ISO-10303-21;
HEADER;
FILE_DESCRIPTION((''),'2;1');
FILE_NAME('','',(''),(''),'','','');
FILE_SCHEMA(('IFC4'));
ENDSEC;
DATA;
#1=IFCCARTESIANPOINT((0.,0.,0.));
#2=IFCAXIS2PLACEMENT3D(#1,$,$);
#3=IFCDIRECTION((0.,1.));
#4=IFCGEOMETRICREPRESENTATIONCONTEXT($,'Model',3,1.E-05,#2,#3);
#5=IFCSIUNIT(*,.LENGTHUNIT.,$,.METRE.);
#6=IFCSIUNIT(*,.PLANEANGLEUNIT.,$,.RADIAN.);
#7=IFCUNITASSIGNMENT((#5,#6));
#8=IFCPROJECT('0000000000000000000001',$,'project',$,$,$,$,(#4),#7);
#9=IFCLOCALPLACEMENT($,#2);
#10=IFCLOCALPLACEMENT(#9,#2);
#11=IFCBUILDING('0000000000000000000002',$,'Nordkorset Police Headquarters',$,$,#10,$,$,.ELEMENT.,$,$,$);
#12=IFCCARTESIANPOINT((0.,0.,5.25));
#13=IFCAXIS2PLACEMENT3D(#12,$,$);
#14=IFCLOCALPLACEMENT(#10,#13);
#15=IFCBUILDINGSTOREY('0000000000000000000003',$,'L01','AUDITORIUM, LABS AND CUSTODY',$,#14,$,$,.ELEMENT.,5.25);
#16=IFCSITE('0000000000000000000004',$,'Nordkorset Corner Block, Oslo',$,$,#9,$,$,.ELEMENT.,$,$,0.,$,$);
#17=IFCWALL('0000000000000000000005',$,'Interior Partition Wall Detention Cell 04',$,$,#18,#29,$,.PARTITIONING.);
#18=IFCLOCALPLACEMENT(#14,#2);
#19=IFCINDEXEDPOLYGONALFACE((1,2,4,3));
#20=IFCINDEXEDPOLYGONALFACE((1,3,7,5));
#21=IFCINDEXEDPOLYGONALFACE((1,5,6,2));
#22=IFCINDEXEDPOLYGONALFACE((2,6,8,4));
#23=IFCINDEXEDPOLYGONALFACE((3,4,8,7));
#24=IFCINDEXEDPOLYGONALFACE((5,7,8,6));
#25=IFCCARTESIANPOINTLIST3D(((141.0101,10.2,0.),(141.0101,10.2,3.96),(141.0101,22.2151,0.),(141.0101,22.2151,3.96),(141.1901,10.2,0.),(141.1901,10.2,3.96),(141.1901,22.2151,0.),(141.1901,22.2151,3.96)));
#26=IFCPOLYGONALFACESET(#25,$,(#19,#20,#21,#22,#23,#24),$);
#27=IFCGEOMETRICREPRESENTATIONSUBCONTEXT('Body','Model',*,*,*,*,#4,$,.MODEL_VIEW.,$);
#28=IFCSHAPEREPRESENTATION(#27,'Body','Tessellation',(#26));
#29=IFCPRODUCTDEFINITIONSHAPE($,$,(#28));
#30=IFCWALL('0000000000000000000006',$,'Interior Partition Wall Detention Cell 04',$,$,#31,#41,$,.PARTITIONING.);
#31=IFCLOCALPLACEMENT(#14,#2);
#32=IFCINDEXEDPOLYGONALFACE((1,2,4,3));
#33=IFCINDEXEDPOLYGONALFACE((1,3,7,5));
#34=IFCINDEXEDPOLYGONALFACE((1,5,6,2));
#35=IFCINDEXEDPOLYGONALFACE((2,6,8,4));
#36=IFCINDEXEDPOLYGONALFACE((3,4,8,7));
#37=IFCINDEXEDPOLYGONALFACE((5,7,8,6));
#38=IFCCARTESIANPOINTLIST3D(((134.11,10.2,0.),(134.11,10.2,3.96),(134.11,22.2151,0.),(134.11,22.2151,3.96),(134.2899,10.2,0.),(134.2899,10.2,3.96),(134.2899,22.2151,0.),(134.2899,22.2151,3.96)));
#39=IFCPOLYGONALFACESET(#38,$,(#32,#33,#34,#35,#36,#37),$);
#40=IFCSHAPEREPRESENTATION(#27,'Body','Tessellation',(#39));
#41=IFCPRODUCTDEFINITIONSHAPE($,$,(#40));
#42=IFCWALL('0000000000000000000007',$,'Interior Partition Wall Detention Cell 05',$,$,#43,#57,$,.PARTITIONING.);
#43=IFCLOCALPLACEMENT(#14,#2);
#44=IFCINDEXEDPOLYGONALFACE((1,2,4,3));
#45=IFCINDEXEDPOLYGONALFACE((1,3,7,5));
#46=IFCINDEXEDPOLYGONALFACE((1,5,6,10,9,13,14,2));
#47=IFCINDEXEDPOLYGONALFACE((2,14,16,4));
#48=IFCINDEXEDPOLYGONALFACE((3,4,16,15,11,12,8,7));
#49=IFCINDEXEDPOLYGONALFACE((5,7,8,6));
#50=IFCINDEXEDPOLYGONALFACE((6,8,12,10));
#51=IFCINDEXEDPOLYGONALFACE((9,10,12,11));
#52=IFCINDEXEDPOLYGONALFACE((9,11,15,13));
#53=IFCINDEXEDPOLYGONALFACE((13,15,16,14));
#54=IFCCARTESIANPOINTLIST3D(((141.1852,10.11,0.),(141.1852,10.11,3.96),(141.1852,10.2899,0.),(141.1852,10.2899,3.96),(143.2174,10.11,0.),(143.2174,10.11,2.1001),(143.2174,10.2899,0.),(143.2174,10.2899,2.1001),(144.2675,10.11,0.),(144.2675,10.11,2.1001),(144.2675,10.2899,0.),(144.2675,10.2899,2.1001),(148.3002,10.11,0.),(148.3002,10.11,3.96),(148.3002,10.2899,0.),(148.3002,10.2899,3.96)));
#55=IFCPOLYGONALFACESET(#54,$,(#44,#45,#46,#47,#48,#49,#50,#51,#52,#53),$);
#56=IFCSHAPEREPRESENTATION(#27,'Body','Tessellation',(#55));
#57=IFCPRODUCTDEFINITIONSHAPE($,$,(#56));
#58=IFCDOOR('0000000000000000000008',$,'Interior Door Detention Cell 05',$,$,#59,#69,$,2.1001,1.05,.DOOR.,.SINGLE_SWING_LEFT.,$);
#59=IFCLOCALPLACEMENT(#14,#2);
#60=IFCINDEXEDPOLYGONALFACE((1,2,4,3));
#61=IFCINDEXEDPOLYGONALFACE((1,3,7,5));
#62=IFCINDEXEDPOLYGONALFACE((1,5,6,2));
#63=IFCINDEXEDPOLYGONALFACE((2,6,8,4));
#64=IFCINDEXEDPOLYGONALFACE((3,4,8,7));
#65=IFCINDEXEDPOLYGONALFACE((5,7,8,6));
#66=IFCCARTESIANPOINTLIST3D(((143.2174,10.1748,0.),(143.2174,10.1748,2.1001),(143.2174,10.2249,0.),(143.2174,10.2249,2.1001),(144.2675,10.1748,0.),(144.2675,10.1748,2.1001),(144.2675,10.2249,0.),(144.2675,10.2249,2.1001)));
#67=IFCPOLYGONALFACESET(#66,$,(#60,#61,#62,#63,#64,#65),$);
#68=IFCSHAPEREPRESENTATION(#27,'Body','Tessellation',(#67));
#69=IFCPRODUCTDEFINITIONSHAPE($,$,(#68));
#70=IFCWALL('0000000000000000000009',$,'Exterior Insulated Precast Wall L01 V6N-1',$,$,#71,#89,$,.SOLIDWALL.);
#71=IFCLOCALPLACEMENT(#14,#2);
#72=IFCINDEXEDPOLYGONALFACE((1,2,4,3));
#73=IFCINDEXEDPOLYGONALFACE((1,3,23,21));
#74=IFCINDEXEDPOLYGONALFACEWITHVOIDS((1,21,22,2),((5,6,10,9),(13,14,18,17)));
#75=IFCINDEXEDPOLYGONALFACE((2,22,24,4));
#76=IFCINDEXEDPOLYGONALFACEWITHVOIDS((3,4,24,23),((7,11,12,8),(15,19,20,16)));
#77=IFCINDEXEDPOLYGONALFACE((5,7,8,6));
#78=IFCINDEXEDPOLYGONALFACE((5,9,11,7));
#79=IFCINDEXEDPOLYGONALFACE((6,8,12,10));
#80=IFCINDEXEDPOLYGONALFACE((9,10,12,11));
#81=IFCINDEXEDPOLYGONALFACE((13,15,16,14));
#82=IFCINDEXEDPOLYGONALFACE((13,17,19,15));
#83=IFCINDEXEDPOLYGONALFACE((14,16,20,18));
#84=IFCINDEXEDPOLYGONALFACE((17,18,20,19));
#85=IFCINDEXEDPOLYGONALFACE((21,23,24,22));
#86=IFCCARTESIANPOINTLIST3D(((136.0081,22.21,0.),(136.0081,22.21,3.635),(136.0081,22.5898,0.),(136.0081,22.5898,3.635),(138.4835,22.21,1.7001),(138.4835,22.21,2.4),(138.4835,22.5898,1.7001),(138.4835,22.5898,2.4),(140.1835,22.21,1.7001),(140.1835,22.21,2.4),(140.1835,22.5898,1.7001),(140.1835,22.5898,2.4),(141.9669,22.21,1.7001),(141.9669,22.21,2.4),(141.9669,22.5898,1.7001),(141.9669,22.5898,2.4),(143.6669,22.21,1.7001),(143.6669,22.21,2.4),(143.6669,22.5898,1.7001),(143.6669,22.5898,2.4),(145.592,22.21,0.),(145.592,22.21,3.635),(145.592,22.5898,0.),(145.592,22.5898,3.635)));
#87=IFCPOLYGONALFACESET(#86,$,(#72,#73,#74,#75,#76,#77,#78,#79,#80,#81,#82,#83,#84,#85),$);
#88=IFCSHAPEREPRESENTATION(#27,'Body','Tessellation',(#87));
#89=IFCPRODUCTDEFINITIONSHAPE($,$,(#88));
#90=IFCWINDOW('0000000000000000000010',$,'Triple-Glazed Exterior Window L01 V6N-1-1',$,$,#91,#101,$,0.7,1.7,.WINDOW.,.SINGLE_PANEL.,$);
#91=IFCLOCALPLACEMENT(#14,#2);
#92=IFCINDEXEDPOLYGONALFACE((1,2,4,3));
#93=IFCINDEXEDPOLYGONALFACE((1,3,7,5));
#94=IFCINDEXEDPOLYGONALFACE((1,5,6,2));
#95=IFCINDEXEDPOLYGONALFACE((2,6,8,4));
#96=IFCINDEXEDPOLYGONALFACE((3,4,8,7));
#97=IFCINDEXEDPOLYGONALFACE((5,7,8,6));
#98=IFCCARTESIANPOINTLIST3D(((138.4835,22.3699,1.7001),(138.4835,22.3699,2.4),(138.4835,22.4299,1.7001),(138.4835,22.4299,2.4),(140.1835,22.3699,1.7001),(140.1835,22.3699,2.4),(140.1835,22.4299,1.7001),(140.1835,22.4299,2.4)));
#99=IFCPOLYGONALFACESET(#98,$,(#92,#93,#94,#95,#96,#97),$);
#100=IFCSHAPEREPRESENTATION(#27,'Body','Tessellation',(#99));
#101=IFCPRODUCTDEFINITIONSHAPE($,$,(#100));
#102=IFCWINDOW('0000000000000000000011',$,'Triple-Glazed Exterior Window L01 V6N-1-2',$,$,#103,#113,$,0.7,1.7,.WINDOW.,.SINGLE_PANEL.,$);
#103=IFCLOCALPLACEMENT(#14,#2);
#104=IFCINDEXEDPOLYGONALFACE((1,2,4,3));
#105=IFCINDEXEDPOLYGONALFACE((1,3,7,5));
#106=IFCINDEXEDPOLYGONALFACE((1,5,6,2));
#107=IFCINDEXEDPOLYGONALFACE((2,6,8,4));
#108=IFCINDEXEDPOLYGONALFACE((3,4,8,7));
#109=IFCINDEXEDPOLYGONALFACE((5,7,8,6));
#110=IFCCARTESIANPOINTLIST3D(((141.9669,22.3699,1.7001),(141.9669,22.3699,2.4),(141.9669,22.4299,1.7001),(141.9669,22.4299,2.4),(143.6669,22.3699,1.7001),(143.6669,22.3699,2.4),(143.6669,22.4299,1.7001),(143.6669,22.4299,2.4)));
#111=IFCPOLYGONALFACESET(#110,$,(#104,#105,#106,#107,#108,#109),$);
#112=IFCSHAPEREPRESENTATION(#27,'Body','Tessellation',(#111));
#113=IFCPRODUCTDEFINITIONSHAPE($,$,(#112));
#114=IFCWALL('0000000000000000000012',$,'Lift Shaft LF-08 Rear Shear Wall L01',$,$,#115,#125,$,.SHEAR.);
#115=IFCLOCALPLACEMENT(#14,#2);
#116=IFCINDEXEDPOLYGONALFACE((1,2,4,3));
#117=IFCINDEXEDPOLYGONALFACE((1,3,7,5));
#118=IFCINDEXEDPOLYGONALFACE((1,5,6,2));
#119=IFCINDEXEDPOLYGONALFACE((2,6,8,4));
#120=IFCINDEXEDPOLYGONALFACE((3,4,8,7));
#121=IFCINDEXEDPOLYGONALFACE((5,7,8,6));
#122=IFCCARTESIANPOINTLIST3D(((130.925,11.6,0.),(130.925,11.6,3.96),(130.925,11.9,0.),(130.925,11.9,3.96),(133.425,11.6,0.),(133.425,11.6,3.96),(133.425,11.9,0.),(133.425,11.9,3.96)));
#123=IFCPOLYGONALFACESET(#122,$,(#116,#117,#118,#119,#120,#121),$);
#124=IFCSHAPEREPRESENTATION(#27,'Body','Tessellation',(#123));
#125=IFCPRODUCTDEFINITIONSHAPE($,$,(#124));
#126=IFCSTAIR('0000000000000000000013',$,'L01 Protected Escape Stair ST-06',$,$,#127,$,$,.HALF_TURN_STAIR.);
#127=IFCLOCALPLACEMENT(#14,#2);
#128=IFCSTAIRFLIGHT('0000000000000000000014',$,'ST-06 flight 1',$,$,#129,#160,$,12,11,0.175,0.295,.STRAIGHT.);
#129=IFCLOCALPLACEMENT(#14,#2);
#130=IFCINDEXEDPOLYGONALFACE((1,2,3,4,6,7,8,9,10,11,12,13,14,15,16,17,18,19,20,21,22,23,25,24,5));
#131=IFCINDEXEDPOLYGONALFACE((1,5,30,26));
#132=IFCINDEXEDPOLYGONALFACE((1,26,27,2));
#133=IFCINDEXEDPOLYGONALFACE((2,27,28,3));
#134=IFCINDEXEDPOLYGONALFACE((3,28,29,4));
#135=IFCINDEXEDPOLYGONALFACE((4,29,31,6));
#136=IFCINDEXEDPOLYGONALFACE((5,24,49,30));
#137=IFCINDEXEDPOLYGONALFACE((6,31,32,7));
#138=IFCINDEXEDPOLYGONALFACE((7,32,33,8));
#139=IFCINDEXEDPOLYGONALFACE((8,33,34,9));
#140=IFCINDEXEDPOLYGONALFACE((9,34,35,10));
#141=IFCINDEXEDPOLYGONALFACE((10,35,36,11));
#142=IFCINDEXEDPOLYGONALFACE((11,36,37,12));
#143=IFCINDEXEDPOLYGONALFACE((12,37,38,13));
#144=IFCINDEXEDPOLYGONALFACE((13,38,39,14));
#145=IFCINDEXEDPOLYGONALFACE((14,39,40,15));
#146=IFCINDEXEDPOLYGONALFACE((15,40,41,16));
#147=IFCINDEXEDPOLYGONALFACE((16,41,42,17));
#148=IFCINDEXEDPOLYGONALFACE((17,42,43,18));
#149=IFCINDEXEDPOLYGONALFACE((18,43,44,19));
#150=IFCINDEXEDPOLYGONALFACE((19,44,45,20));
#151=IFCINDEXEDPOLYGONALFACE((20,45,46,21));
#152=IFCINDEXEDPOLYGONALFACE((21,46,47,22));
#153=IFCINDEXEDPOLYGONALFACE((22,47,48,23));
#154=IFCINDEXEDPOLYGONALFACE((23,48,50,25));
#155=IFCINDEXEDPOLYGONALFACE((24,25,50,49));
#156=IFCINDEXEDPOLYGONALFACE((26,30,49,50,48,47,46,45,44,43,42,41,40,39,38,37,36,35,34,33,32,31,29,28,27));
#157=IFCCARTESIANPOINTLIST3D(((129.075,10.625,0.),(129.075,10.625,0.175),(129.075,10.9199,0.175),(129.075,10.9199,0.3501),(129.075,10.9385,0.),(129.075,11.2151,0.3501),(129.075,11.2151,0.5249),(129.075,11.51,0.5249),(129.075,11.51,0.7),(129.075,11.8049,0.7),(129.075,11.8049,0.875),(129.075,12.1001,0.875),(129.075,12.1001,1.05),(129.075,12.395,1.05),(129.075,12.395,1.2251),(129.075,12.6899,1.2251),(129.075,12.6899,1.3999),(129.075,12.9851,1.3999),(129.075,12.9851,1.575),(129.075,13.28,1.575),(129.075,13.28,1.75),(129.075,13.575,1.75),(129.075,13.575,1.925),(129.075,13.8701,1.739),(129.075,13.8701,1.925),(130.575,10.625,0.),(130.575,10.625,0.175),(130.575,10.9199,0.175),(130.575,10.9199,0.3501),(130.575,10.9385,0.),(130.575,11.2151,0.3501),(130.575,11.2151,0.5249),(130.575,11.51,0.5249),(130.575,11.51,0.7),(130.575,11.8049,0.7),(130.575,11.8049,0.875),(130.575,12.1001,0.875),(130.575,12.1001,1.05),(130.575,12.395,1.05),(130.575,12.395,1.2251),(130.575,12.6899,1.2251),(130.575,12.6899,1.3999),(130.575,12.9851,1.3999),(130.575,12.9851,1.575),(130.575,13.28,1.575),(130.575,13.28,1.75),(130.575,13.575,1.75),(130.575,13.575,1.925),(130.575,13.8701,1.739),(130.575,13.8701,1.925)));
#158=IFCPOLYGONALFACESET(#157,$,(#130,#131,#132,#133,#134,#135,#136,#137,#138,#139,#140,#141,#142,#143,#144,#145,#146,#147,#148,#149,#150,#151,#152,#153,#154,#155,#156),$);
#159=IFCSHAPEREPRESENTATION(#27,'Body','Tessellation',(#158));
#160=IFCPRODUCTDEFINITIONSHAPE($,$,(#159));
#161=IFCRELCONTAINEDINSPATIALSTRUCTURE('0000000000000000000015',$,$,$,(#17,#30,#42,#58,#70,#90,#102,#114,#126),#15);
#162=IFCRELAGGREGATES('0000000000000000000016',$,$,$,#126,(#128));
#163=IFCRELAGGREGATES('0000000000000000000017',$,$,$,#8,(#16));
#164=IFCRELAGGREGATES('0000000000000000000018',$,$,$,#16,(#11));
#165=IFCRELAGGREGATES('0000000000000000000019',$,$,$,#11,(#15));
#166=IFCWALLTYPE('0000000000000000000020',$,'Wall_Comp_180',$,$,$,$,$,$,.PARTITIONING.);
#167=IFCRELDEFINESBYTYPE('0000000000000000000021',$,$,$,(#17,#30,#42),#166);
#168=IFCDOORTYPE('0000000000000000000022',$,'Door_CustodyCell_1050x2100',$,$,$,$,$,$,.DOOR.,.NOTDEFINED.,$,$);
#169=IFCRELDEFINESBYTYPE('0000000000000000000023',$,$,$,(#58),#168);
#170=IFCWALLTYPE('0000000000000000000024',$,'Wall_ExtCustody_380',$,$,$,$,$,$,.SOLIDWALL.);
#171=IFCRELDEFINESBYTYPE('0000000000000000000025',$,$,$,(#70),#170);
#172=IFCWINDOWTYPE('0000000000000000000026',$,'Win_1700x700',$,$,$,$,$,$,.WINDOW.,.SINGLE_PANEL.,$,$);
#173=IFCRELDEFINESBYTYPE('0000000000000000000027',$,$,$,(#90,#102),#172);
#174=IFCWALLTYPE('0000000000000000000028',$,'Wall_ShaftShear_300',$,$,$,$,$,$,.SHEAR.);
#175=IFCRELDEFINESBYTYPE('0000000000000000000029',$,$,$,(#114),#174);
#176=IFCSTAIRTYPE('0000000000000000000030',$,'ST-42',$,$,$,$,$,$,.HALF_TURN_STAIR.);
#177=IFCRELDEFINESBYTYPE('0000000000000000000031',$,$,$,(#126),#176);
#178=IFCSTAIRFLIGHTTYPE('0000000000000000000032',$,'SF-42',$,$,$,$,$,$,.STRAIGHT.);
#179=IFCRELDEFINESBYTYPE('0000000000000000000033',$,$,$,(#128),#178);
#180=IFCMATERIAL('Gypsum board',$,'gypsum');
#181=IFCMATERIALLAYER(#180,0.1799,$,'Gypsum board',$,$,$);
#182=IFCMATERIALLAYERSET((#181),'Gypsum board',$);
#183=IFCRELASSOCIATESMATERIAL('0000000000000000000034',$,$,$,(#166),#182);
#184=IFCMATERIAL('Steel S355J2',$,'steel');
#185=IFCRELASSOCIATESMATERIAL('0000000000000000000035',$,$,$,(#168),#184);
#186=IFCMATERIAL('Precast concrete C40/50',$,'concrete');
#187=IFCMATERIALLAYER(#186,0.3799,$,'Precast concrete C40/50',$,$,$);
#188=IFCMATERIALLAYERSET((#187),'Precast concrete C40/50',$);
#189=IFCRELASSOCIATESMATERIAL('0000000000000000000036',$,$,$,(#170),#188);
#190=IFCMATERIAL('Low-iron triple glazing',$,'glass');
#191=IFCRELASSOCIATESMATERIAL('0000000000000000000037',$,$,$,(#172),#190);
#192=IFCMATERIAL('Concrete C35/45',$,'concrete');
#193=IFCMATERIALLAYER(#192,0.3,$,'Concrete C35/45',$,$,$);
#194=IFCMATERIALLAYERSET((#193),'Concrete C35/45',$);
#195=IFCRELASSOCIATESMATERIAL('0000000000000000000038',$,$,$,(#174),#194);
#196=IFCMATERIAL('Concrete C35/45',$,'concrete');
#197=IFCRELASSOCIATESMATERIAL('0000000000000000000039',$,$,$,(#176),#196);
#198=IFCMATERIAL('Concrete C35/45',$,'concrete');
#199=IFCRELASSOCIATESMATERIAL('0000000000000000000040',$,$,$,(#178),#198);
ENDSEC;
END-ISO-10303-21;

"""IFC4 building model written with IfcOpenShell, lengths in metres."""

from ifc_helpers import new_model, si_unit, direction, frame, frame_2d, origin, place, context, subcontext, project, spatial, polyline, rectangle, outline, extrude, material, layer, layer_set, type_object, element, fill, aggregate, save


model = new_model("IFC4")

# Units and contexts
model_context = context("Model", 3, precision=1e-05, world=origin(), true_north=direction((0.0, 1.0)))
body_context = subcontext(model_context, "Body", "Model", "MODEL_VIEW")
ifc_project = project(units=[si_unit("LENGTHUNIT", "METRE"), si_unit("PLANEANGLEUNIT", "RADIAN")], contexts=[model_context])

# Site, building, storey
site_placement = place(None, origin())
site = spatial("IfcSite", under=ifc_project, at=site_placement, Name="Nordkorset Corner Block, Oslo", CompositionType="ELEMENT", RefElevation=0.0)
building_placement = place(site_placement, origin())
building = spatial("IfcBuilding", under=site, at=building_placement, Name="Nordkorset Police Headquarters", CompositionType="ELEMENT")
storey_placement = place(building_placement, frame((0.0, 0.0, 5.25)))
storey = spatial("IfcBuildingStorey", under=building, at=storey_placement, Name="L01", Description="AUDITORIUM, LABS AND CUSTODY", CompositionType="ELEMENT", Elevation=5.25)

# Shared definitions
ifc_material_1 = material(Name="Gypsum board", Category="gypsum")
ifc_layer_1 = layer(ifc_material_1, 0.1799, Name="Gypsum board")
ifc_layer_set_1 = layer_set([ifc_layer_1], Name="Gypsum board")
wall_type_1 = type_object("IfcWallType", Name="Wall_Comp_180", PredefinedType="PARTITIONING", material=ifc_layer_set_1)
ifc_material_2 = material(Name="Steel S355J2", Category="steel")
door_type = type_object("IfcDoorType", Name="Door_CustodyCell_1050x2100", OperationType="NOTDEFINED", PredefinedType="DOOR", material=ifc_material_2)

# Walls
for number, where, z_axis, x_axis, name in (
    (1, (141.1001, 10.2, 0.0), (0.0, 0.0, 1.0), (0.0, 1.0, 0.0), "Interior Partition Wall Detention Cell 04"),
    (2, (134.2, 22.2151, 0.0), (0.0, 0.0, 1.0), (0.0, -1.0, 0.0), "Interior Partition Wall Detention Cell 04"),
):
    element("IfcWall", number, at=place(storey_placement, frame(where, z_axis=z_axis, x_axis=x_axis)), inside=storey, type_object=wall_type_1, Name=name, PredefinedType="PARTITIONING", context=body_context, shape_type="SweptSolid", body=[
        extrude(rectangle(XDim=12.0151, YDim=0.1799, at=frame_2d((6.0076, 0.0))), origin(), (0.0, 0.0, 1.0), 3.96),
    ])

# Wall, opening, door
wall_1_placement = place(storey_placement, frame((141.1851, 10.2, 0.0), z_axis=(0.0, 0.0, 1.0), x_axis=(1.0, 0.0, 0.0)))
wall_1 = element("IfcWall", 3, at=wall_1_placement, inside=storey, type_object=wall_type_1, Name="Interior Partition Wall Detention Cell 05", PredefinedType="PARTITIONING", context=body_context, shape_type="SweptSolid", body=[
    extrude(rectangle(XDim=7.115, YDim=0.1799, at=frame_2d((3.5576, 0.0))), origin(), (0.0, 0.0, 1.0), 3.96),
])
opening_1_placement = place(wall_1_placement, frame((2.0325, 0.0, 0.0)))
opening_1 = element("IfcOpeningElement", 4, at=opening_1_placement, cuts=wall_1, PredefinedType="OPENING", context=body_context, shape_type="SweptSolid", body=[
    extrude(rectangle(XDim=1.05, YDim=2.1001, at=frame_2d((0.5249, 1.05))), frame((0.0, 0.1001, 0.0), z_axis=(0.0, -1.0, 0.0), x_axis=(1.0, 0.0, 0.0)), (0.0, 0.0, 1.0), 0.2),
])
door_1_placement = place(opening_1_placement, origin())
door_1 = element("IfcDoor", 5, at=door_1_placement, inside=storey, type_object=door_type, Name="Interior Door Detention Cell 05", OperationType="SINGLE_SWING_LEFT", OverallHeight=2.1001, OverallWidth=1.05, PredefinedType="DOOR", context=body_context, shape_type="SweptSolid", body=[
    extrude(rectangle(XDim=1.05, YDim=2.1001, at=frame_2d((0.5249, 1.05))), frame((0.0, 0.0249, 0.0), z_axis=(0.0, -1.0, 0.0), x_axis=(1.0, 0.0, 0.0)), (0.0, 0.0, 1.0), 0.05),
])
fill(opening_1, door_1)

# Wall, openings, windows
ifc_material_3 = material(Name="Precast concrete C40/50", Category="concrete")
ifc_layer_2 = layer(ifc_material_3, 0.3799, Name="Precast concrete C40/50")
ifc_layer_set_2 = layer_set([ifc_layer_2], Name="Precast concrete C40/50")
wall_type_2 = type_object("IfcWallType", Name="Wall_ExtCustody_380", PredefinedType="SOLIDWALL", material=ifc_layer_set_2)
wall_2_placement = place(storey_placement, frame((136.0081, 22.3999, 0.0), z_axis=(0.0, 0.0, 1.0), x_axis=(1.0, 0.0, 0.0)))
wall_2 = element("IfcWall", 6, at=wall_2_placement, inside=storey, type_object=wall_type_2, Name="Exterior Insulated Precast Wall L01 V6N-1", PredefinedType="SOLIDWALL", context=body_context, shape_type="SweptSolid", body=[
    extrude(rectangle(XDim=9.584, YDim=0.3799, at=frame_2d((4.792, 0.0))), origin(), (0.0, 0.0, 1.0), 3.635),
])
opening_2_placement = place(wall_2_placement, frame((2.4753, 0.0, 1.7)))
opening_2 = element("IfcOpeningElement", 7, at=opening_2_placement, cuts=wall_2, PredefinedType="OPENING", context=body_context, shape_type="SweptSolid", body=[
    extrude(rectangle(XDim=1.7, YDim=0.7, at=frame_2d((0.8501, 0.3501))), frame((0.0, 0.2, 0.0), z_axis=(0.0, -1.0, 0.0), x_axis=(1.0, 0.0, 0.0)), (0.0, 0.0, 1.0), 0.3999),
])
opening_3_placement = place(wall_2_placement, frame((5.9587, 0.0, 1.7)))
opening_3 = element("IfcOpeningElement", 8, at=opening_3_placement, cuts=wall_2, PredefinedType="OPENING", context=body_context, shape_type="SweptSolid", body=[
    extrude(rectangle(XDim=1.7, YDim=0.7, at=frame_2d((0.8501, 0.3501))), frame((0.0, 0.2, 0.0), z_axis=(0.0, -1.0, 0.0), x_axis=(1.0, 0.0, 0.0)), (0.0, 0.0, 1.0), 0.3999),
])
ifc_material_4 = material(Name="Low-iron triple glazing", Category="glass")
window_type = type_object("IfcWindowType", Name="Win_1700x700", PartitioningType="SINGLE_PANEL", PredefinedType="WINDOW", material=ifc_material_4)
window_1_placement = place(opening_2_placement, origin())
window_1 = element("IfcWindow", 9, at=window_1_placement, inside=storey, type_object=window_type, Name="Triple-Glazed Exterior Window L01 V6N-1-1", OverallHeight=0.7, OverallWidth=1.7, PartitioningType="SINGLE_PANEL", PredefinedType="WINDOW", context=body_context, shape_type="SweptSolid", body=[
    extrude(rectangle(XDim=1.7, YDim=0.7, at=frame_2d((0.8501, 0.3501))), frame((0.0, 0.03, 0.0), z_axis=(0.0, -1.0, 0.0), x_axis=(1.0, 0.0, 0.0)), (0.0, 0.0, 1.0), 0.0601),
])
fill(opening_2, window_1)
window_2_placement = place(opening_3_placement, origin())
window_2 = element("IfcWindow", 10, at=window_2_placement, inside=storey, type_object=window_type, Name="Triple-Glazed Exterior Window L01 V6N-1-2", OverallHeight=0.7, OverallWidth=1.7, PartitioningType="SINGLE_PANEL", PredefinedType="WINDOW", context=body_context, shape_type="SweptSolid", body=[
    extrude(rectangle(XDim=1.7, YDim=0.7, at=frame_2d((0.8501, 0.3501))), frame((0.0, 0.03, 0.0), z_axis=(0.0, -1.0, 0.0), x_axis=(1.0, 0.0, 0.0)), (0.0, 0.0, 1.0), 0.0601),
])
fill(opening_3, window_2)

# Wall
ifc_material_5 = material(Name="Concrete C35/45", Category="concrete")
ifc_layer_3 = layer(ifc_material_5, 0.3, Name="Concrete C35/45")
ifc_layer_set_3 = layer_set([ifc_layer_3], Name="Concrete C35/45")
wall_type_3 = type_object("IfcWallType", Name="Wall_ShaftShear_300", PredefinedType="SHEAR", material=ifc_layer_set_3)
wall_3_placement = place(storey_placement, frame((130.925, 11.75, 0.0), z_axis=(0.0, 0.0, 1.0), x_axis=(1.0, 0.0, 0.0)))
element("IfcWall", 11, at=wall_3_placement, inside=storey, type_object=wall_type_3, Name="Lift Shaft LF-08 Rear Shear Wall L01", PredefinedType="SHEAR", context=body_context, shape_type="SweptSolid", body=[
    extrude(rectangle(XDim=2.5, YDim=0.3, at=frame_2d((1.25, 0.0))), origin(), (0.0, 0.0, 1.0), 3.96),
])

# Stair, stair flight
ifc_material_6 = material(Name="Concrete C35/45", Category="concrete")
stair_type = type_object("IfcStairType", Name="ST-42", PredefinedType="HALF_TURN_STAIR", material=ifc_material_6)
stair_placement = place(storey_placement, origin())
stair = element("IfcStair", 12, at=stair_placement, inside=storey, type_object=stair_type, Name="L01 Protected Escape Stair ST-06", PredefinedType="HALF_TURN_STAIR")
ifc_material_7 = material(Name="Concrete C35/45", Category="concrete")
stair_flight_type = type_object("IfcStairFlightType", Name="SF-42", PredefinedType="STRAIGHT", material=ifc_material_7)
stair_flight_placement = place(storey_placement, frame((129.825, 10.625, 0.0), z_axis=(0.0, 0.0, 1.0), x_axis=(0.0, 1.0, 0.0)))
stair_flight = element("IfcStairFlight", 13, at=stair_flight_placement, type_object=stair_flight_type, Name="ST-06 flight 1", NumberOfRisers=12, NumberOfTreads=11, PredefinedType="STRAIGHT", RiserHeight=0.175, TreadLength=0.295, context=body_context, shape_type="SweptSolid", body=[
    extrude(outline(polyline([(0.0, 0.0), (0.0, 0.175), (0.2949, 0.175), (0.2949, 0.3501), (0.5901, 0.3501), (0.5901, 0.5249), (0.885, 0.5249), (0.885, 0.7), (1.1799, 0.7), (1.1799, 0.875), (1.4751, 0.875), (1.4751, 1.05), (1.77, 1.05), (1.77, 1.2251), (2.0649, 1.2251), (2.0649, 1.3999), (2.3601, 1.3999), (2.3601, 1.575), (2.655, 1.575), (2.655, 1.75), (2.95, 1.75), (2.95, 1.925), (3.2451, 1.925), (3.2451, 2.1001), (3.2451, 1.739), (0.3135, 0.0), (0.0, 0.0)])), frame((0.0, 0.75, 0.0), z_axis=(0.0, -1.0, 0.0), x_axis=(1.0, 0.0, 0.0)), (0.0, 0.0, 1.0), 1.5),
])
aggregate(stair, [stair_flight])

save(model, "model.ifc")
